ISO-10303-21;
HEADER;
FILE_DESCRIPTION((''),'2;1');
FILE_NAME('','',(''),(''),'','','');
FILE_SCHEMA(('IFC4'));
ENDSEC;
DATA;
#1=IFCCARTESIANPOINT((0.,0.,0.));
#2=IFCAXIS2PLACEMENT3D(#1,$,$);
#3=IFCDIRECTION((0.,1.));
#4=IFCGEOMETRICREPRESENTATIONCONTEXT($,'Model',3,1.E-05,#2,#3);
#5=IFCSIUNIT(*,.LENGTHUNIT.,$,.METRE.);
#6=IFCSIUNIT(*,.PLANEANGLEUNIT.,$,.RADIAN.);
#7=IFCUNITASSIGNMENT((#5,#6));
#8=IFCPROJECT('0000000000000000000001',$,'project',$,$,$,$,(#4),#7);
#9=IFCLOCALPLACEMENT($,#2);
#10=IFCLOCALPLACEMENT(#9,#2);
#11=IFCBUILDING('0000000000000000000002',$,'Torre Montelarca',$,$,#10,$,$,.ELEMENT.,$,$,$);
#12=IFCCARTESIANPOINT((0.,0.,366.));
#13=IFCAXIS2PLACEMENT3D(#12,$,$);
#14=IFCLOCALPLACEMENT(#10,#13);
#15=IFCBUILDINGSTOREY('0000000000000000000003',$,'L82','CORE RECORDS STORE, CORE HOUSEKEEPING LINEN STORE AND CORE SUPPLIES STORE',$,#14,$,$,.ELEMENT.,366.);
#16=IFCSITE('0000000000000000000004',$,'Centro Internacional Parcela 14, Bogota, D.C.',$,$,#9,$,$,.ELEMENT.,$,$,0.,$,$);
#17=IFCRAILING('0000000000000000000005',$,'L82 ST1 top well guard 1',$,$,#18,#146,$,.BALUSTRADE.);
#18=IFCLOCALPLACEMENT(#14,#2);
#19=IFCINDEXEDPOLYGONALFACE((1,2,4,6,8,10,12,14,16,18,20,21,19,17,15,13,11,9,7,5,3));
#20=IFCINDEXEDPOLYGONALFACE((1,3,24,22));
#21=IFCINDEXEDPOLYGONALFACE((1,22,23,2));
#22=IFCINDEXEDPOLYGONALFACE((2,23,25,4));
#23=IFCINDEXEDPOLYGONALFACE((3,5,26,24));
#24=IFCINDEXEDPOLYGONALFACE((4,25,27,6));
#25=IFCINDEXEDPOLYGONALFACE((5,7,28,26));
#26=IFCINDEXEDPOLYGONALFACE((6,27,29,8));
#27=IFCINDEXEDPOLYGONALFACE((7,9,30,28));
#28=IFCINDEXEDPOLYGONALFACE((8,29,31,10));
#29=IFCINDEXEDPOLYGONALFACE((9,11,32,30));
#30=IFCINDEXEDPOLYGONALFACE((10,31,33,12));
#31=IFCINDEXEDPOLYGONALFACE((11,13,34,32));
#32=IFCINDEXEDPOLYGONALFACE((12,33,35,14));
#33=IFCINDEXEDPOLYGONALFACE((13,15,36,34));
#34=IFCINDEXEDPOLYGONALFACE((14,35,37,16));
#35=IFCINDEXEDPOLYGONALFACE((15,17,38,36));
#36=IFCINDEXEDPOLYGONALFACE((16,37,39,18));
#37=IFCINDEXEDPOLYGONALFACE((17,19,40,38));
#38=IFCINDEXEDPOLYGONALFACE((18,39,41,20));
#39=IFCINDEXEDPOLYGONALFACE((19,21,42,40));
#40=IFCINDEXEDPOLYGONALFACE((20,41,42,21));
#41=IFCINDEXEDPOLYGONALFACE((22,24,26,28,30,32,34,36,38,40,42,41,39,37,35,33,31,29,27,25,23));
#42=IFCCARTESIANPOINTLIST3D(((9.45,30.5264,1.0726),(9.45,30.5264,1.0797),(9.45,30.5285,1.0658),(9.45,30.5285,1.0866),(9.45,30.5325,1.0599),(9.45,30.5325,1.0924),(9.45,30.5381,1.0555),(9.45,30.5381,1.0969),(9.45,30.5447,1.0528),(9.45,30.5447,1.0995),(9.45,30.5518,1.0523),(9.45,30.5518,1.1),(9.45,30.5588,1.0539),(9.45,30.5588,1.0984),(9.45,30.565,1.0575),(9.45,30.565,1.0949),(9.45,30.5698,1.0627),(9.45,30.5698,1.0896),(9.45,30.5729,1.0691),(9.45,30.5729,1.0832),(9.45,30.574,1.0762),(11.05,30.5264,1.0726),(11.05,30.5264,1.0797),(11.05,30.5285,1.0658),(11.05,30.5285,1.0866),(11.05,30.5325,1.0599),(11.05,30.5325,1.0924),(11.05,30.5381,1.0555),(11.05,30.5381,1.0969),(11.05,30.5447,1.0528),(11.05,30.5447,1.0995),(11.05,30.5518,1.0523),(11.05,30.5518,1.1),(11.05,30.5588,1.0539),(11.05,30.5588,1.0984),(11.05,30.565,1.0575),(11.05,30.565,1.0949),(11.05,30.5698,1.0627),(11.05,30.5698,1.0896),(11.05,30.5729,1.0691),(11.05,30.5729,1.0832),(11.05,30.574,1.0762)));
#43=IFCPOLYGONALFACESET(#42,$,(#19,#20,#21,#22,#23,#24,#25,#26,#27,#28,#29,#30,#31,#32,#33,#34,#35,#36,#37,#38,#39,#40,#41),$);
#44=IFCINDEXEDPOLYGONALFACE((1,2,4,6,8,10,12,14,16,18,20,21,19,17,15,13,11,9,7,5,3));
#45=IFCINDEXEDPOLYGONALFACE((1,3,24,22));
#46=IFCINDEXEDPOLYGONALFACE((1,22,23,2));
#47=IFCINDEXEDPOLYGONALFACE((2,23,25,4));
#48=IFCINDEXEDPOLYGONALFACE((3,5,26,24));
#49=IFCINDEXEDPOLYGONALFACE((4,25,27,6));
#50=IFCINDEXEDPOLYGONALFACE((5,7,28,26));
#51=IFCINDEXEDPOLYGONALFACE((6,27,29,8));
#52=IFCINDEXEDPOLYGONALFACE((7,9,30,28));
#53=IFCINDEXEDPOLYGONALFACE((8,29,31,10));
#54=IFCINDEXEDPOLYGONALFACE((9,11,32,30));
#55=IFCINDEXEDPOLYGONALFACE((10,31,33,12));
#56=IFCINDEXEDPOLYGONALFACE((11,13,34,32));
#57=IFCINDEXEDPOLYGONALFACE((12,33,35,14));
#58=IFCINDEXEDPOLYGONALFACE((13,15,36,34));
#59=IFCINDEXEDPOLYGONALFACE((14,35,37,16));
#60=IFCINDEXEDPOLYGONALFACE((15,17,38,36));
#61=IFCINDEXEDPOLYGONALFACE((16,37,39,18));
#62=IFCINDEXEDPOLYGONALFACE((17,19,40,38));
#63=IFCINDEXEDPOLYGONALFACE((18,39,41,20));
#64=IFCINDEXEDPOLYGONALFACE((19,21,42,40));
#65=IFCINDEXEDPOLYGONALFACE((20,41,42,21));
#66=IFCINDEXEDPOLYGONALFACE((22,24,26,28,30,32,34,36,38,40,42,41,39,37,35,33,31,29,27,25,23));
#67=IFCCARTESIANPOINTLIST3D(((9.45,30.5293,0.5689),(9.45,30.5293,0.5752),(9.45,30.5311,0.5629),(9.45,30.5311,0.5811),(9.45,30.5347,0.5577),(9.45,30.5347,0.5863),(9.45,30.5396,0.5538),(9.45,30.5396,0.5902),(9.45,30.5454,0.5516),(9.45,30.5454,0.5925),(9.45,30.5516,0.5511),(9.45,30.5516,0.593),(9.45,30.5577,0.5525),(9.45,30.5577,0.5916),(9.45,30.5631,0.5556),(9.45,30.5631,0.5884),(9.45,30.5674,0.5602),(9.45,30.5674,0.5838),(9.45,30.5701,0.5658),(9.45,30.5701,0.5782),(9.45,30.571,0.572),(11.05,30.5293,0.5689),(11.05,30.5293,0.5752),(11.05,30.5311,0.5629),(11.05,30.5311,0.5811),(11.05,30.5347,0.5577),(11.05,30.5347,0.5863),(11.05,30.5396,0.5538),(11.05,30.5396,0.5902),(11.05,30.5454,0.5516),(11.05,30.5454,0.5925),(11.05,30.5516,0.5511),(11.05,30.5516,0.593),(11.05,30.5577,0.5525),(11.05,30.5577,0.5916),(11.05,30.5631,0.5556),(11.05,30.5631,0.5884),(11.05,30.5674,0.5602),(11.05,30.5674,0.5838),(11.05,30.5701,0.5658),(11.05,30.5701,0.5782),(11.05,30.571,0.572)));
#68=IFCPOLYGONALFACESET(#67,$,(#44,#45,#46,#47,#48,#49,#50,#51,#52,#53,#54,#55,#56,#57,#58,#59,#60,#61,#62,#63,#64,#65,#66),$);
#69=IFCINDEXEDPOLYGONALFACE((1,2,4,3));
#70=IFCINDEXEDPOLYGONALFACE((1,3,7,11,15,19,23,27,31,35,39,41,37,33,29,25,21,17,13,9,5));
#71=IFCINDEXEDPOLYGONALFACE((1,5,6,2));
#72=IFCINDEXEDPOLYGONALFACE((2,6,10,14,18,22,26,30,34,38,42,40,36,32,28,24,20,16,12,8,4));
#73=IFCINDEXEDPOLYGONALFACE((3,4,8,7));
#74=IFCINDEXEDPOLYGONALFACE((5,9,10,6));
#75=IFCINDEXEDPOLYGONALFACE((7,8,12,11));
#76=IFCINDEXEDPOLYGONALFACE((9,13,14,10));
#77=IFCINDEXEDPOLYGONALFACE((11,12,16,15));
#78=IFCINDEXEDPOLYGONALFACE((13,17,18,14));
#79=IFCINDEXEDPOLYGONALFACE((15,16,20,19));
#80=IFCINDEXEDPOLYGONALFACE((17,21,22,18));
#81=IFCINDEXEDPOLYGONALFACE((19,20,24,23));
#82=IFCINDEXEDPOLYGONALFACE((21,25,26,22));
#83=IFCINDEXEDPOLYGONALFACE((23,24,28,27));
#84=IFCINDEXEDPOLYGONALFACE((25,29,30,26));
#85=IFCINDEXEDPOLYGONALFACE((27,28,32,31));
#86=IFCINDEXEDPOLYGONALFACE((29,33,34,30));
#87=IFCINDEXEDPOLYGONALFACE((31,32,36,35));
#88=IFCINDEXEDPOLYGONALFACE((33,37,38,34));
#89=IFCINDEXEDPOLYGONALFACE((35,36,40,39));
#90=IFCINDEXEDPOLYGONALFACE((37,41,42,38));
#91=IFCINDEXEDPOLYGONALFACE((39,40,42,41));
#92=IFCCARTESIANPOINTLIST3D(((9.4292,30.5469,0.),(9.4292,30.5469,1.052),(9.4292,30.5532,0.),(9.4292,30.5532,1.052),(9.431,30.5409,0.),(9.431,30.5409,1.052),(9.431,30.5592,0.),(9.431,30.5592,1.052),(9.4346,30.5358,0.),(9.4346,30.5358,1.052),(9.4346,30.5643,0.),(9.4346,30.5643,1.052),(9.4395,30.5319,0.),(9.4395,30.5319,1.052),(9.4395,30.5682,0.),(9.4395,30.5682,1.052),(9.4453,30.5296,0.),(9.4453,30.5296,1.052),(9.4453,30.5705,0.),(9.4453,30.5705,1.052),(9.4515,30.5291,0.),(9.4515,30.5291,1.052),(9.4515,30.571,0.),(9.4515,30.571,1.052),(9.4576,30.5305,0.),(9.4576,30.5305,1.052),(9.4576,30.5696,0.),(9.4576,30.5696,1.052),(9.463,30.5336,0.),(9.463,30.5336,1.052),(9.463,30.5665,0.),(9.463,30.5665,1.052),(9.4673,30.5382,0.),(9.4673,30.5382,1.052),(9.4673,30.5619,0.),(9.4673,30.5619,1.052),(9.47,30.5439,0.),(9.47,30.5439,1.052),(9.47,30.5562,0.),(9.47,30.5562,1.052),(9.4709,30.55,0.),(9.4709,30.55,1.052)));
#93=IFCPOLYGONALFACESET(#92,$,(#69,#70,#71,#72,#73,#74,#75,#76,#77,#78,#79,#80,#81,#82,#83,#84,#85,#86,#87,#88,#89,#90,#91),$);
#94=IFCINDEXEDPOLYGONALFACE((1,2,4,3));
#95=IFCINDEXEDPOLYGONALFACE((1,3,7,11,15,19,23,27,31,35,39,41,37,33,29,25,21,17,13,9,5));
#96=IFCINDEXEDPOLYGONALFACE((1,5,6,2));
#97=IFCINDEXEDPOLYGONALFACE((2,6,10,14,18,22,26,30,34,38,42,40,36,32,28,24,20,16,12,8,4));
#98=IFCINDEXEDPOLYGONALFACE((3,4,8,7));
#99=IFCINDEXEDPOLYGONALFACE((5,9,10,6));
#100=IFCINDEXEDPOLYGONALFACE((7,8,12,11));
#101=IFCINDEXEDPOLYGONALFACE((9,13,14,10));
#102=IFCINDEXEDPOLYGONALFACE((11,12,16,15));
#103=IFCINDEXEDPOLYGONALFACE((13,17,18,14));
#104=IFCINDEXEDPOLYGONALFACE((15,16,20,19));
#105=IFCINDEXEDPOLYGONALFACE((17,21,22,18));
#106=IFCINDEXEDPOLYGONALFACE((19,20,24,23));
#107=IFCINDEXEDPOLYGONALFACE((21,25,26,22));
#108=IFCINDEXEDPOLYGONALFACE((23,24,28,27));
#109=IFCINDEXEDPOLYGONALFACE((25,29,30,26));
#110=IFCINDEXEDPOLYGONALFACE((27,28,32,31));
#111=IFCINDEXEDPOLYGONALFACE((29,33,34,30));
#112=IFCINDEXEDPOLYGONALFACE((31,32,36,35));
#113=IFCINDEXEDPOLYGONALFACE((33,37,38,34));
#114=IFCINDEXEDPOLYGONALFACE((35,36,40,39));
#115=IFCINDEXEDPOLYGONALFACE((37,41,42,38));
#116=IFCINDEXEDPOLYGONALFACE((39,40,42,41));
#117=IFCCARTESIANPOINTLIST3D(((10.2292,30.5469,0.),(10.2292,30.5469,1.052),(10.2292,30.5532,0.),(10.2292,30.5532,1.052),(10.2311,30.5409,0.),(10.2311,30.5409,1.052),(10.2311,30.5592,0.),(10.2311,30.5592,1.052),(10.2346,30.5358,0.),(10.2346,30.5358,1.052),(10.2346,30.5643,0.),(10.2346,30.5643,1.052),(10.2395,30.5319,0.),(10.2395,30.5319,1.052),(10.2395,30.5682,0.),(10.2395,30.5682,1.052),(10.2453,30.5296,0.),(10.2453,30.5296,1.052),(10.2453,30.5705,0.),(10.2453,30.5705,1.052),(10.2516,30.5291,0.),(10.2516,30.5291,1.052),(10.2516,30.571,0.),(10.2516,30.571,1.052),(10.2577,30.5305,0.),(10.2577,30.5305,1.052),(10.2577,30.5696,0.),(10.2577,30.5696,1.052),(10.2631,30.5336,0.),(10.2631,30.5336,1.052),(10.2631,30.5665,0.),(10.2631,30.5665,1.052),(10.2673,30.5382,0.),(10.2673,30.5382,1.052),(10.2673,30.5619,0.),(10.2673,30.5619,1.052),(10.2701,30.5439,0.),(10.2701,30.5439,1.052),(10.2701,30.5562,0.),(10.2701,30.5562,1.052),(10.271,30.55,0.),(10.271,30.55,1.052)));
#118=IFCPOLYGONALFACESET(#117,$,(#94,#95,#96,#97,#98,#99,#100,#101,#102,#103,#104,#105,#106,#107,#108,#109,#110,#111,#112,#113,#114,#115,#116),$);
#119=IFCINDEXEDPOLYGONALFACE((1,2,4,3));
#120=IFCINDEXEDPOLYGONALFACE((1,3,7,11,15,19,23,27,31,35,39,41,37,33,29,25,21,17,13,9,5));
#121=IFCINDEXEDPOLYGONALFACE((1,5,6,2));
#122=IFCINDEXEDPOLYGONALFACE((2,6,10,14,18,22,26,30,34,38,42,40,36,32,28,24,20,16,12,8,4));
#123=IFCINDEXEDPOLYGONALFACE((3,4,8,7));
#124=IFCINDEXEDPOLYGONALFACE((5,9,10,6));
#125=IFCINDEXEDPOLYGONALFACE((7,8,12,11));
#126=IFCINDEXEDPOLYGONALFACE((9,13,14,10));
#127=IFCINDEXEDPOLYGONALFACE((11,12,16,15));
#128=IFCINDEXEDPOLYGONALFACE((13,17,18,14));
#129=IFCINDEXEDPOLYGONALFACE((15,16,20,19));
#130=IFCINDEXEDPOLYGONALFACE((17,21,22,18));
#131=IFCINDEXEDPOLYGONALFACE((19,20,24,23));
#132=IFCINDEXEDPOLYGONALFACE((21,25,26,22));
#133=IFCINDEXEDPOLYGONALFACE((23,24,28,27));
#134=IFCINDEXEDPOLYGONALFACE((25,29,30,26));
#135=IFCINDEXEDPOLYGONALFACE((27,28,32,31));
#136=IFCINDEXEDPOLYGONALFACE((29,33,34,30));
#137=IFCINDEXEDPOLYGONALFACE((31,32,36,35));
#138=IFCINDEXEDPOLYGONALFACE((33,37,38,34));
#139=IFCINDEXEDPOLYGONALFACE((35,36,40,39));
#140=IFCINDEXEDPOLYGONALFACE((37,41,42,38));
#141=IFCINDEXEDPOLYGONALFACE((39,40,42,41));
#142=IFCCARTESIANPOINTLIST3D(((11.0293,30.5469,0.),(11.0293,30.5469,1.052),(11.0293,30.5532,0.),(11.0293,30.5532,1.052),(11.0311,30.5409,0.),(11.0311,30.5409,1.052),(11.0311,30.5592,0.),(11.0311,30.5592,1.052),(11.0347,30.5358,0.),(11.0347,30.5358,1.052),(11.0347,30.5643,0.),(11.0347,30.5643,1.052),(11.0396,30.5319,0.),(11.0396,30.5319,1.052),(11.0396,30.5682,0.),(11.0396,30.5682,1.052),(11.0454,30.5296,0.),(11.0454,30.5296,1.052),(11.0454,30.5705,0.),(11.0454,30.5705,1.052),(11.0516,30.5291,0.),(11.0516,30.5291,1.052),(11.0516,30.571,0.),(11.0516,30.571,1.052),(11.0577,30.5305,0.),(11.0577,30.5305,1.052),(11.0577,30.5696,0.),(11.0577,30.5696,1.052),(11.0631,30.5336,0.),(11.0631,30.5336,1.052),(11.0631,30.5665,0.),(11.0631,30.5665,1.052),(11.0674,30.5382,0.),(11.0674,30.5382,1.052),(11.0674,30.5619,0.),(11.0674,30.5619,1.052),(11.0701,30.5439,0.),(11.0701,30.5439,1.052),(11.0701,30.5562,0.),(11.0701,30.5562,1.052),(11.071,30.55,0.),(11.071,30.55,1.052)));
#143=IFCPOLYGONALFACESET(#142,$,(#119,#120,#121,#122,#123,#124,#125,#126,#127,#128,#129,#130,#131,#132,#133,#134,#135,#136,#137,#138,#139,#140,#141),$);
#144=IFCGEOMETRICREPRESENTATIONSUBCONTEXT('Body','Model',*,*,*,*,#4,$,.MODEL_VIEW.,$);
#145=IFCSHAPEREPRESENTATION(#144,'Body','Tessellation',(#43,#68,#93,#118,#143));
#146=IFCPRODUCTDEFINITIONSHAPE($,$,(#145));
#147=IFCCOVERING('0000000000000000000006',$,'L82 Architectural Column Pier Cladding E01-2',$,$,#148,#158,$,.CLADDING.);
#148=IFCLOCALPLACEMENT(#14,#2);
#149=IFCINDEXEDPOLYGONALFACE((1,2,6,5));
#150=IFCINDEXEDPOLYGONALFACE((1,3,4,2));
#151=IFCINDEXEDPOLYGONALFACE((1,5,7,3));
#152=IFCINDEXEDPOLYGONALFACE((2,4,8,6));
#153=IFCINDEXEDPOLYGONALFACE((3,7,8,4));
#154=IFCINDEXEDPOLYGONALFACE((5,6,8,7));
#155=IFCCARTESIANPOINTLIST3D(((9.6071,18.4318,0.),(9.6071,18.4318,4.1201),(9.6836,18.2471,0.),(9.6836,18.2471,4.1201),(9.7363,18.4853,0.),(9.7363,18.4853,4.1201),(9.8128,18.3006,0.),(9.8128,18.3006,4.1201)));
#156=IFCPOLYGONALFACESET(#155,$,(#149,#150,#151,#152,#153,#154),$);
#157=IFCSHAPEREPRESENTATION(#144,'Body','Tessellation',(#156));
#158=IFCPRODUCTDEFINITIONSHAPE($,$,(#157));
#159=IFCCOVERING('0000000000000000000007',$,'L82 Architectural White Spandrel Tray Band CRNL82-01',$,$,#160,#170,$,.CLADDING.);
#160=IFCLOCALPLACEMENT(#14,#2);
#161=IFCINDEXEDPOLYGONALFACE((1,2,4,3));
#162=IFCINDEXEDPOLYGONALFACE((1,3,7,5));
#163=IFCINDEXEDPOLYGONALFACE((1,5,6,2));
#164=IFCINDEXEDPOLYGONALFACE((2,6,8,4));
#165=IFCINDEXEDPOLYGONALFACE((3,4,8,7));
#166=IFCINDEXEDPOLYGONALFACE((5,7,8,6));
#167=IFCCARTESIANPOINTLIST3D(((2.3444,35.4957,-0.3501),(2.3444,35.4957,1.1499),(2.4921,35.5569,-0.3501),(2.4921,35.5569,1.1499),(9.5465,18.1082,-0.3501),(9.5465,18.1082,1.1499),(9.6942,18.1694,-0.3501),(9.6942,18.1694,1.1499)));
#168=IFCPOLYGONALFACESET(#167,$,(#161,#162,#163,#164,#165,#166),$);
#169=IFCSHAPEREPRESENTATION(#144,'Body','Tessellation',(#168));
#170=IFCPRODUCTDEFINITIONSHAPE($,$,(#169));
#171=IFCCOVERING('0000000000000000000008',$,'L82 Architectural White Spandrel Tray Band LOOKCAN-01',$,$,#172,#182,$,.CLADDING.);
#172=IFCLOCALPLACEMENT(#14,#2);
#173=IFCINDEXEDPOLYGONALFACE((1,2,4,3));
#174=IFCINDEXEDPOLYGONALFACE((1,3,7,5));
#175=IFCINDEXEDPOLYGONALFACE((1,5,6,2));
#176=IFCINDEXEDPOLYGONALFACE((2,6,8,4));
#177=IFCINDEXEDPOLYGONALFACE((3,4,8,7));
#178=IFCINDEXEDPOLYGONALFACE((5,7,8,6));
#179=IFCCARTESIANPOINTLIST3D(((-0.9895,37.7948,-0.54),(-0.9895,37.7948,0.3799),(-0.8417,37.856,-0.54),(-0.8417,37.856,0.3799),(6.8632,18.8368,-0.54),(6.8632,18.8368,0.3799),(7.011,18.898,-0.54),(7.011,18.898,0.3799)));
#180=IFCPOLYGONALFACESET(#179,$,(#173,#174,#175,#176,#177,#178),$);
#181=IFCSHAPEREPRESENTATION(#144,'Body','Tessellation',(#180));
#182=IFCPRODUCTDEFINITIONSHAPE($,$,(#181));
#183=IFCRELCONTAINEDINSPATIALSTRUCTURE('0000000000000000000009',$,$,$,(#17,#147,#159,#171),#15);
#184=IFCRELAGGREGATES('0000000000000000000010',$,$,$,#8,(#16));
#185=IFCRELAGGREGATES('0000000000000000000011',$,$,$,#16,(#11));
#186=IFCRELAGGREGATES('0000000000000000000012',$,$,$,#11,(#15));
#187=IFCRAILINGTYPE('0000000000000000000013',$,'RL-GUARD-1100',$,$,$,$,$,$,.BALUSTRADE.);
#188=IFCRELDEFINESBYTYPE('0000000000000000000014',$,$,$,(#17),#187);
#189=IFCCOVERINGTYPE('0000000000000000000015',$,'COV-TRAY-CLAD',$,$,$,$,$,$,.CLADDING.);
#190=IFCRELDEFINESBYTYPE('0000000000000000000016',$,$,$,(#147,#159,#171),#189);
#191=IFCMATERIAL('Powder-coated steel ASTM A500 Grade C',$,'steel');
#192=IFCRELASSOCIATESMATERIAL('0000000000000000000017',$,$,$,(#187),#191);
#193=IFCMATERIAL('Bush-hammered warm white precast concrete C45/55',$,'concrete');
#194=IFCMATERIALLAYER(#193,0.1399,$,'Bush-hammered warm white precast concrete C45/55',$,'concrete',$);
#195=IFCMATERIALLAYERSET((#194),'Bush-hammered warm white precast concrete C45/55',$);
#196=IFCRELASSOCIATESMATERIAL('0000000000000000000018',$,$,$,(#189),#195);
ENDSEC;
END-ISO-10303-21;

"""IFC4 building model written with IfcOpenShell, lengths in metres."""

from ifc_helpers import new_model, si_unit, direction, frame, origin, origin_2d, place, context, subcontext, project, spatial, rectangle, circle, extrude, source, transform, mapped, material, layer, layer_set, type_object, element, save


model = new_model("IFC4")

# Units and contexts
model_context = context("Model", 3, precision=1e-05, world=origin(), true_north=direction((0.0, 1.0)))
body_context = subcontext(model_context, "Body", "Model", "MODEL_VIEW")
ifc_project = project(units=[si_unit("LENGTHUNIT", "METRE"), si_unit("PLANEANGLEUNIT", "RADIAN")], contexts=[model_context])

# Site, building, storey
site_placement = place(None, origin())
site = spatial("IfcSite", under=ifc_project, at=site_placement, Name="Centro Internacional Parcela 14, Bogota, D.C.", CompositionType="ELEMENT", RefElevation=0.0)
building_placement = place(site_placement, origin())
building = spatial("IfcBuilding", under=site, at=building_placement, Name="Torre Montelarca", CompositionType="ELEMENT")
storey_placement = place(building_placement, frame((0.0, 0.0, 366.0)))
storey = spatial("IfcBuildingStorey", under=building, at=storey_placement, Name="L82", Description="CORE RECORDS STORE, CORE HOUSEKEEPING LINEN STORE AND CORE SUPPLIES STORE", CompositionType="ELEMENT", Elevation=366.0)

# Railing
ifc_material_1 = material(Name="Powder-coated steel ASTM A500 Grade C", Category="steel")
railing_type = type_object("IfcRailingType", Name="RL-GUARD-1100", PredefinedType="BALUSTRADE", material=ifc_material_1)
railing_placement = place(storey_placement, frame((9.45, 30.55, 0.0)))
element("IfcRailing", 1, at=railing_placement, inside=storey, type_object=railing_type, Name="L82 ST1 top well guard 1", PredefinedType="BALUSTRADE", context=body_context, shape_type="SweptSolid", body=[
    extrude(circle(Radius=0.0239, at=origin_2d()), frame((0.0, 0.0, 1.0762), z_axis=(1.0, 0.0, 0.0), x_axis=(0.0, 1.0, 0.0)), (0.0, 0.0, 1.0), 1.6001),
    extrude(circle(Radius=0.021, at=origin_2d()), frame((0.0, 0.0, 0.572), z_axis=(1.0, 0.0, 0.0), x_axis=(0.0, 1.0, 0.0)), (0.0, 0.0, 1.0), 1.6001),
    extrude(circle(Radius=0.021, at=origin_2d()), origin(), (0.0, 0.0, 1.0), 1.052),
    extrude(circle(Radius=0.021, at=origin_2d()), frame((0.8, 0.0, 0.0)), (0.0, 0.0, 1.0), 1.052),
    extrude(circle(Radius=0.021, at=origin_2d()), frame((1.6001, 0.0, 0.0)), (0.0, 0.0, 1.0), 1.052),
])

# Coverings
ifc_material_2 = material(Name="Bush-hammered warm white precast concrete C45/55", Category="concrete")
ifc_layer_1 = layer(ifc_material_2, 0.1399, Name="Bush-hammered warm white precast concrete C45/55", Category="concrete")
ifc_layer_set_1 = layer_set([ifc_layer_1], Name="Bush-hammered warm white precast concrete C45/55")
covering_type = type_object("IfcCoveringType", Name="COV-TRAY-CLAD", PredefinedType="CLADDING", material=ifc_layer_set_1)
shared_shape_1 = source(origin(), body_context, "Body", "SweptSolid", [
    extrude(rectangle(XDim=0.2, YDim=0.1399, at=origin_2d()), origin(), (0.0, 0.0, 1.0), 4.1201),
])
covering_1_placement = place(storey_placement, frame((9.71, 18.3662, 0.0), z_axis=(0.0, 0.0, 1.0), x_axis=(0.382683, -0.92388, 0.0)))
element("IfcCovering", 2, at=covering_1_placement, inside=storey, type_object=covering_type, Name="L82 Architectural Column Pier Cladding E01-2", PredefinedType="CLADDING", context=body_context, shape_type="MappedRepresentation", body=[
    mapped(shared_shape_1, transform((0.0, 0.0, 0.0), scale=1.0)),
])
shared_shape_2 = source(origin(), body_context, "Body", "SweptSolid", [
    extrude(rectangle(XDim=18.8201, YDim=0.1599, at=origin_2d()), origin(), (0.0, 0.0, 1.0), 1.5),
])
covering_2_placement = place(storey_placement, frame((6.0193, 26.8325, -0.3501), z_axis=(0.0, 0.0, 1.0), x_axis=(0.382683, -0.92388, 0.0)))
element("IfcCovering", 3, at=covering_2_placement, inside=storey, type_object=covering_type, Name="L82 Architectural White Spandrel Tray Band CRNL82-01", PredefinedType="CLADDING", context=body_context, shape_type="MappedRepresentation", body=[
    mapped(shared_shape_2, transform((0.0, 0.0, 0.0), scale=1.0)),
])
shared_shape_3 = source(origin(), body_context, "Body", "SweptSolid", [
    extrude(rectangle(XDim=20.52, YDim=0.1599, at=origin_2d()), origin(), (0.0, 0.0, 1.0), 0.9199),
])
covering_3_placement = place(storey_placement, frame((3.0107, 28.3464, -0.54), z_axis=(0.0, 0.0, 1.0), x_axis=(0.382685, -0.923879, 0.0)))
element("IfcCovering", 4, at=covering_3_placement, inside=storey, type_object=covering_type, Name="L82 Architectural White Spandrel Tray Band LOOKCAN-01", PredefinedType="CLADDING", context=body_context, shape_type="MappedRepresentation", body=[
    mapped(shared_shape_3, transform((0.0, 0.0, 0.0), scale=1.0)),
])

save(model, "model.ifc")
